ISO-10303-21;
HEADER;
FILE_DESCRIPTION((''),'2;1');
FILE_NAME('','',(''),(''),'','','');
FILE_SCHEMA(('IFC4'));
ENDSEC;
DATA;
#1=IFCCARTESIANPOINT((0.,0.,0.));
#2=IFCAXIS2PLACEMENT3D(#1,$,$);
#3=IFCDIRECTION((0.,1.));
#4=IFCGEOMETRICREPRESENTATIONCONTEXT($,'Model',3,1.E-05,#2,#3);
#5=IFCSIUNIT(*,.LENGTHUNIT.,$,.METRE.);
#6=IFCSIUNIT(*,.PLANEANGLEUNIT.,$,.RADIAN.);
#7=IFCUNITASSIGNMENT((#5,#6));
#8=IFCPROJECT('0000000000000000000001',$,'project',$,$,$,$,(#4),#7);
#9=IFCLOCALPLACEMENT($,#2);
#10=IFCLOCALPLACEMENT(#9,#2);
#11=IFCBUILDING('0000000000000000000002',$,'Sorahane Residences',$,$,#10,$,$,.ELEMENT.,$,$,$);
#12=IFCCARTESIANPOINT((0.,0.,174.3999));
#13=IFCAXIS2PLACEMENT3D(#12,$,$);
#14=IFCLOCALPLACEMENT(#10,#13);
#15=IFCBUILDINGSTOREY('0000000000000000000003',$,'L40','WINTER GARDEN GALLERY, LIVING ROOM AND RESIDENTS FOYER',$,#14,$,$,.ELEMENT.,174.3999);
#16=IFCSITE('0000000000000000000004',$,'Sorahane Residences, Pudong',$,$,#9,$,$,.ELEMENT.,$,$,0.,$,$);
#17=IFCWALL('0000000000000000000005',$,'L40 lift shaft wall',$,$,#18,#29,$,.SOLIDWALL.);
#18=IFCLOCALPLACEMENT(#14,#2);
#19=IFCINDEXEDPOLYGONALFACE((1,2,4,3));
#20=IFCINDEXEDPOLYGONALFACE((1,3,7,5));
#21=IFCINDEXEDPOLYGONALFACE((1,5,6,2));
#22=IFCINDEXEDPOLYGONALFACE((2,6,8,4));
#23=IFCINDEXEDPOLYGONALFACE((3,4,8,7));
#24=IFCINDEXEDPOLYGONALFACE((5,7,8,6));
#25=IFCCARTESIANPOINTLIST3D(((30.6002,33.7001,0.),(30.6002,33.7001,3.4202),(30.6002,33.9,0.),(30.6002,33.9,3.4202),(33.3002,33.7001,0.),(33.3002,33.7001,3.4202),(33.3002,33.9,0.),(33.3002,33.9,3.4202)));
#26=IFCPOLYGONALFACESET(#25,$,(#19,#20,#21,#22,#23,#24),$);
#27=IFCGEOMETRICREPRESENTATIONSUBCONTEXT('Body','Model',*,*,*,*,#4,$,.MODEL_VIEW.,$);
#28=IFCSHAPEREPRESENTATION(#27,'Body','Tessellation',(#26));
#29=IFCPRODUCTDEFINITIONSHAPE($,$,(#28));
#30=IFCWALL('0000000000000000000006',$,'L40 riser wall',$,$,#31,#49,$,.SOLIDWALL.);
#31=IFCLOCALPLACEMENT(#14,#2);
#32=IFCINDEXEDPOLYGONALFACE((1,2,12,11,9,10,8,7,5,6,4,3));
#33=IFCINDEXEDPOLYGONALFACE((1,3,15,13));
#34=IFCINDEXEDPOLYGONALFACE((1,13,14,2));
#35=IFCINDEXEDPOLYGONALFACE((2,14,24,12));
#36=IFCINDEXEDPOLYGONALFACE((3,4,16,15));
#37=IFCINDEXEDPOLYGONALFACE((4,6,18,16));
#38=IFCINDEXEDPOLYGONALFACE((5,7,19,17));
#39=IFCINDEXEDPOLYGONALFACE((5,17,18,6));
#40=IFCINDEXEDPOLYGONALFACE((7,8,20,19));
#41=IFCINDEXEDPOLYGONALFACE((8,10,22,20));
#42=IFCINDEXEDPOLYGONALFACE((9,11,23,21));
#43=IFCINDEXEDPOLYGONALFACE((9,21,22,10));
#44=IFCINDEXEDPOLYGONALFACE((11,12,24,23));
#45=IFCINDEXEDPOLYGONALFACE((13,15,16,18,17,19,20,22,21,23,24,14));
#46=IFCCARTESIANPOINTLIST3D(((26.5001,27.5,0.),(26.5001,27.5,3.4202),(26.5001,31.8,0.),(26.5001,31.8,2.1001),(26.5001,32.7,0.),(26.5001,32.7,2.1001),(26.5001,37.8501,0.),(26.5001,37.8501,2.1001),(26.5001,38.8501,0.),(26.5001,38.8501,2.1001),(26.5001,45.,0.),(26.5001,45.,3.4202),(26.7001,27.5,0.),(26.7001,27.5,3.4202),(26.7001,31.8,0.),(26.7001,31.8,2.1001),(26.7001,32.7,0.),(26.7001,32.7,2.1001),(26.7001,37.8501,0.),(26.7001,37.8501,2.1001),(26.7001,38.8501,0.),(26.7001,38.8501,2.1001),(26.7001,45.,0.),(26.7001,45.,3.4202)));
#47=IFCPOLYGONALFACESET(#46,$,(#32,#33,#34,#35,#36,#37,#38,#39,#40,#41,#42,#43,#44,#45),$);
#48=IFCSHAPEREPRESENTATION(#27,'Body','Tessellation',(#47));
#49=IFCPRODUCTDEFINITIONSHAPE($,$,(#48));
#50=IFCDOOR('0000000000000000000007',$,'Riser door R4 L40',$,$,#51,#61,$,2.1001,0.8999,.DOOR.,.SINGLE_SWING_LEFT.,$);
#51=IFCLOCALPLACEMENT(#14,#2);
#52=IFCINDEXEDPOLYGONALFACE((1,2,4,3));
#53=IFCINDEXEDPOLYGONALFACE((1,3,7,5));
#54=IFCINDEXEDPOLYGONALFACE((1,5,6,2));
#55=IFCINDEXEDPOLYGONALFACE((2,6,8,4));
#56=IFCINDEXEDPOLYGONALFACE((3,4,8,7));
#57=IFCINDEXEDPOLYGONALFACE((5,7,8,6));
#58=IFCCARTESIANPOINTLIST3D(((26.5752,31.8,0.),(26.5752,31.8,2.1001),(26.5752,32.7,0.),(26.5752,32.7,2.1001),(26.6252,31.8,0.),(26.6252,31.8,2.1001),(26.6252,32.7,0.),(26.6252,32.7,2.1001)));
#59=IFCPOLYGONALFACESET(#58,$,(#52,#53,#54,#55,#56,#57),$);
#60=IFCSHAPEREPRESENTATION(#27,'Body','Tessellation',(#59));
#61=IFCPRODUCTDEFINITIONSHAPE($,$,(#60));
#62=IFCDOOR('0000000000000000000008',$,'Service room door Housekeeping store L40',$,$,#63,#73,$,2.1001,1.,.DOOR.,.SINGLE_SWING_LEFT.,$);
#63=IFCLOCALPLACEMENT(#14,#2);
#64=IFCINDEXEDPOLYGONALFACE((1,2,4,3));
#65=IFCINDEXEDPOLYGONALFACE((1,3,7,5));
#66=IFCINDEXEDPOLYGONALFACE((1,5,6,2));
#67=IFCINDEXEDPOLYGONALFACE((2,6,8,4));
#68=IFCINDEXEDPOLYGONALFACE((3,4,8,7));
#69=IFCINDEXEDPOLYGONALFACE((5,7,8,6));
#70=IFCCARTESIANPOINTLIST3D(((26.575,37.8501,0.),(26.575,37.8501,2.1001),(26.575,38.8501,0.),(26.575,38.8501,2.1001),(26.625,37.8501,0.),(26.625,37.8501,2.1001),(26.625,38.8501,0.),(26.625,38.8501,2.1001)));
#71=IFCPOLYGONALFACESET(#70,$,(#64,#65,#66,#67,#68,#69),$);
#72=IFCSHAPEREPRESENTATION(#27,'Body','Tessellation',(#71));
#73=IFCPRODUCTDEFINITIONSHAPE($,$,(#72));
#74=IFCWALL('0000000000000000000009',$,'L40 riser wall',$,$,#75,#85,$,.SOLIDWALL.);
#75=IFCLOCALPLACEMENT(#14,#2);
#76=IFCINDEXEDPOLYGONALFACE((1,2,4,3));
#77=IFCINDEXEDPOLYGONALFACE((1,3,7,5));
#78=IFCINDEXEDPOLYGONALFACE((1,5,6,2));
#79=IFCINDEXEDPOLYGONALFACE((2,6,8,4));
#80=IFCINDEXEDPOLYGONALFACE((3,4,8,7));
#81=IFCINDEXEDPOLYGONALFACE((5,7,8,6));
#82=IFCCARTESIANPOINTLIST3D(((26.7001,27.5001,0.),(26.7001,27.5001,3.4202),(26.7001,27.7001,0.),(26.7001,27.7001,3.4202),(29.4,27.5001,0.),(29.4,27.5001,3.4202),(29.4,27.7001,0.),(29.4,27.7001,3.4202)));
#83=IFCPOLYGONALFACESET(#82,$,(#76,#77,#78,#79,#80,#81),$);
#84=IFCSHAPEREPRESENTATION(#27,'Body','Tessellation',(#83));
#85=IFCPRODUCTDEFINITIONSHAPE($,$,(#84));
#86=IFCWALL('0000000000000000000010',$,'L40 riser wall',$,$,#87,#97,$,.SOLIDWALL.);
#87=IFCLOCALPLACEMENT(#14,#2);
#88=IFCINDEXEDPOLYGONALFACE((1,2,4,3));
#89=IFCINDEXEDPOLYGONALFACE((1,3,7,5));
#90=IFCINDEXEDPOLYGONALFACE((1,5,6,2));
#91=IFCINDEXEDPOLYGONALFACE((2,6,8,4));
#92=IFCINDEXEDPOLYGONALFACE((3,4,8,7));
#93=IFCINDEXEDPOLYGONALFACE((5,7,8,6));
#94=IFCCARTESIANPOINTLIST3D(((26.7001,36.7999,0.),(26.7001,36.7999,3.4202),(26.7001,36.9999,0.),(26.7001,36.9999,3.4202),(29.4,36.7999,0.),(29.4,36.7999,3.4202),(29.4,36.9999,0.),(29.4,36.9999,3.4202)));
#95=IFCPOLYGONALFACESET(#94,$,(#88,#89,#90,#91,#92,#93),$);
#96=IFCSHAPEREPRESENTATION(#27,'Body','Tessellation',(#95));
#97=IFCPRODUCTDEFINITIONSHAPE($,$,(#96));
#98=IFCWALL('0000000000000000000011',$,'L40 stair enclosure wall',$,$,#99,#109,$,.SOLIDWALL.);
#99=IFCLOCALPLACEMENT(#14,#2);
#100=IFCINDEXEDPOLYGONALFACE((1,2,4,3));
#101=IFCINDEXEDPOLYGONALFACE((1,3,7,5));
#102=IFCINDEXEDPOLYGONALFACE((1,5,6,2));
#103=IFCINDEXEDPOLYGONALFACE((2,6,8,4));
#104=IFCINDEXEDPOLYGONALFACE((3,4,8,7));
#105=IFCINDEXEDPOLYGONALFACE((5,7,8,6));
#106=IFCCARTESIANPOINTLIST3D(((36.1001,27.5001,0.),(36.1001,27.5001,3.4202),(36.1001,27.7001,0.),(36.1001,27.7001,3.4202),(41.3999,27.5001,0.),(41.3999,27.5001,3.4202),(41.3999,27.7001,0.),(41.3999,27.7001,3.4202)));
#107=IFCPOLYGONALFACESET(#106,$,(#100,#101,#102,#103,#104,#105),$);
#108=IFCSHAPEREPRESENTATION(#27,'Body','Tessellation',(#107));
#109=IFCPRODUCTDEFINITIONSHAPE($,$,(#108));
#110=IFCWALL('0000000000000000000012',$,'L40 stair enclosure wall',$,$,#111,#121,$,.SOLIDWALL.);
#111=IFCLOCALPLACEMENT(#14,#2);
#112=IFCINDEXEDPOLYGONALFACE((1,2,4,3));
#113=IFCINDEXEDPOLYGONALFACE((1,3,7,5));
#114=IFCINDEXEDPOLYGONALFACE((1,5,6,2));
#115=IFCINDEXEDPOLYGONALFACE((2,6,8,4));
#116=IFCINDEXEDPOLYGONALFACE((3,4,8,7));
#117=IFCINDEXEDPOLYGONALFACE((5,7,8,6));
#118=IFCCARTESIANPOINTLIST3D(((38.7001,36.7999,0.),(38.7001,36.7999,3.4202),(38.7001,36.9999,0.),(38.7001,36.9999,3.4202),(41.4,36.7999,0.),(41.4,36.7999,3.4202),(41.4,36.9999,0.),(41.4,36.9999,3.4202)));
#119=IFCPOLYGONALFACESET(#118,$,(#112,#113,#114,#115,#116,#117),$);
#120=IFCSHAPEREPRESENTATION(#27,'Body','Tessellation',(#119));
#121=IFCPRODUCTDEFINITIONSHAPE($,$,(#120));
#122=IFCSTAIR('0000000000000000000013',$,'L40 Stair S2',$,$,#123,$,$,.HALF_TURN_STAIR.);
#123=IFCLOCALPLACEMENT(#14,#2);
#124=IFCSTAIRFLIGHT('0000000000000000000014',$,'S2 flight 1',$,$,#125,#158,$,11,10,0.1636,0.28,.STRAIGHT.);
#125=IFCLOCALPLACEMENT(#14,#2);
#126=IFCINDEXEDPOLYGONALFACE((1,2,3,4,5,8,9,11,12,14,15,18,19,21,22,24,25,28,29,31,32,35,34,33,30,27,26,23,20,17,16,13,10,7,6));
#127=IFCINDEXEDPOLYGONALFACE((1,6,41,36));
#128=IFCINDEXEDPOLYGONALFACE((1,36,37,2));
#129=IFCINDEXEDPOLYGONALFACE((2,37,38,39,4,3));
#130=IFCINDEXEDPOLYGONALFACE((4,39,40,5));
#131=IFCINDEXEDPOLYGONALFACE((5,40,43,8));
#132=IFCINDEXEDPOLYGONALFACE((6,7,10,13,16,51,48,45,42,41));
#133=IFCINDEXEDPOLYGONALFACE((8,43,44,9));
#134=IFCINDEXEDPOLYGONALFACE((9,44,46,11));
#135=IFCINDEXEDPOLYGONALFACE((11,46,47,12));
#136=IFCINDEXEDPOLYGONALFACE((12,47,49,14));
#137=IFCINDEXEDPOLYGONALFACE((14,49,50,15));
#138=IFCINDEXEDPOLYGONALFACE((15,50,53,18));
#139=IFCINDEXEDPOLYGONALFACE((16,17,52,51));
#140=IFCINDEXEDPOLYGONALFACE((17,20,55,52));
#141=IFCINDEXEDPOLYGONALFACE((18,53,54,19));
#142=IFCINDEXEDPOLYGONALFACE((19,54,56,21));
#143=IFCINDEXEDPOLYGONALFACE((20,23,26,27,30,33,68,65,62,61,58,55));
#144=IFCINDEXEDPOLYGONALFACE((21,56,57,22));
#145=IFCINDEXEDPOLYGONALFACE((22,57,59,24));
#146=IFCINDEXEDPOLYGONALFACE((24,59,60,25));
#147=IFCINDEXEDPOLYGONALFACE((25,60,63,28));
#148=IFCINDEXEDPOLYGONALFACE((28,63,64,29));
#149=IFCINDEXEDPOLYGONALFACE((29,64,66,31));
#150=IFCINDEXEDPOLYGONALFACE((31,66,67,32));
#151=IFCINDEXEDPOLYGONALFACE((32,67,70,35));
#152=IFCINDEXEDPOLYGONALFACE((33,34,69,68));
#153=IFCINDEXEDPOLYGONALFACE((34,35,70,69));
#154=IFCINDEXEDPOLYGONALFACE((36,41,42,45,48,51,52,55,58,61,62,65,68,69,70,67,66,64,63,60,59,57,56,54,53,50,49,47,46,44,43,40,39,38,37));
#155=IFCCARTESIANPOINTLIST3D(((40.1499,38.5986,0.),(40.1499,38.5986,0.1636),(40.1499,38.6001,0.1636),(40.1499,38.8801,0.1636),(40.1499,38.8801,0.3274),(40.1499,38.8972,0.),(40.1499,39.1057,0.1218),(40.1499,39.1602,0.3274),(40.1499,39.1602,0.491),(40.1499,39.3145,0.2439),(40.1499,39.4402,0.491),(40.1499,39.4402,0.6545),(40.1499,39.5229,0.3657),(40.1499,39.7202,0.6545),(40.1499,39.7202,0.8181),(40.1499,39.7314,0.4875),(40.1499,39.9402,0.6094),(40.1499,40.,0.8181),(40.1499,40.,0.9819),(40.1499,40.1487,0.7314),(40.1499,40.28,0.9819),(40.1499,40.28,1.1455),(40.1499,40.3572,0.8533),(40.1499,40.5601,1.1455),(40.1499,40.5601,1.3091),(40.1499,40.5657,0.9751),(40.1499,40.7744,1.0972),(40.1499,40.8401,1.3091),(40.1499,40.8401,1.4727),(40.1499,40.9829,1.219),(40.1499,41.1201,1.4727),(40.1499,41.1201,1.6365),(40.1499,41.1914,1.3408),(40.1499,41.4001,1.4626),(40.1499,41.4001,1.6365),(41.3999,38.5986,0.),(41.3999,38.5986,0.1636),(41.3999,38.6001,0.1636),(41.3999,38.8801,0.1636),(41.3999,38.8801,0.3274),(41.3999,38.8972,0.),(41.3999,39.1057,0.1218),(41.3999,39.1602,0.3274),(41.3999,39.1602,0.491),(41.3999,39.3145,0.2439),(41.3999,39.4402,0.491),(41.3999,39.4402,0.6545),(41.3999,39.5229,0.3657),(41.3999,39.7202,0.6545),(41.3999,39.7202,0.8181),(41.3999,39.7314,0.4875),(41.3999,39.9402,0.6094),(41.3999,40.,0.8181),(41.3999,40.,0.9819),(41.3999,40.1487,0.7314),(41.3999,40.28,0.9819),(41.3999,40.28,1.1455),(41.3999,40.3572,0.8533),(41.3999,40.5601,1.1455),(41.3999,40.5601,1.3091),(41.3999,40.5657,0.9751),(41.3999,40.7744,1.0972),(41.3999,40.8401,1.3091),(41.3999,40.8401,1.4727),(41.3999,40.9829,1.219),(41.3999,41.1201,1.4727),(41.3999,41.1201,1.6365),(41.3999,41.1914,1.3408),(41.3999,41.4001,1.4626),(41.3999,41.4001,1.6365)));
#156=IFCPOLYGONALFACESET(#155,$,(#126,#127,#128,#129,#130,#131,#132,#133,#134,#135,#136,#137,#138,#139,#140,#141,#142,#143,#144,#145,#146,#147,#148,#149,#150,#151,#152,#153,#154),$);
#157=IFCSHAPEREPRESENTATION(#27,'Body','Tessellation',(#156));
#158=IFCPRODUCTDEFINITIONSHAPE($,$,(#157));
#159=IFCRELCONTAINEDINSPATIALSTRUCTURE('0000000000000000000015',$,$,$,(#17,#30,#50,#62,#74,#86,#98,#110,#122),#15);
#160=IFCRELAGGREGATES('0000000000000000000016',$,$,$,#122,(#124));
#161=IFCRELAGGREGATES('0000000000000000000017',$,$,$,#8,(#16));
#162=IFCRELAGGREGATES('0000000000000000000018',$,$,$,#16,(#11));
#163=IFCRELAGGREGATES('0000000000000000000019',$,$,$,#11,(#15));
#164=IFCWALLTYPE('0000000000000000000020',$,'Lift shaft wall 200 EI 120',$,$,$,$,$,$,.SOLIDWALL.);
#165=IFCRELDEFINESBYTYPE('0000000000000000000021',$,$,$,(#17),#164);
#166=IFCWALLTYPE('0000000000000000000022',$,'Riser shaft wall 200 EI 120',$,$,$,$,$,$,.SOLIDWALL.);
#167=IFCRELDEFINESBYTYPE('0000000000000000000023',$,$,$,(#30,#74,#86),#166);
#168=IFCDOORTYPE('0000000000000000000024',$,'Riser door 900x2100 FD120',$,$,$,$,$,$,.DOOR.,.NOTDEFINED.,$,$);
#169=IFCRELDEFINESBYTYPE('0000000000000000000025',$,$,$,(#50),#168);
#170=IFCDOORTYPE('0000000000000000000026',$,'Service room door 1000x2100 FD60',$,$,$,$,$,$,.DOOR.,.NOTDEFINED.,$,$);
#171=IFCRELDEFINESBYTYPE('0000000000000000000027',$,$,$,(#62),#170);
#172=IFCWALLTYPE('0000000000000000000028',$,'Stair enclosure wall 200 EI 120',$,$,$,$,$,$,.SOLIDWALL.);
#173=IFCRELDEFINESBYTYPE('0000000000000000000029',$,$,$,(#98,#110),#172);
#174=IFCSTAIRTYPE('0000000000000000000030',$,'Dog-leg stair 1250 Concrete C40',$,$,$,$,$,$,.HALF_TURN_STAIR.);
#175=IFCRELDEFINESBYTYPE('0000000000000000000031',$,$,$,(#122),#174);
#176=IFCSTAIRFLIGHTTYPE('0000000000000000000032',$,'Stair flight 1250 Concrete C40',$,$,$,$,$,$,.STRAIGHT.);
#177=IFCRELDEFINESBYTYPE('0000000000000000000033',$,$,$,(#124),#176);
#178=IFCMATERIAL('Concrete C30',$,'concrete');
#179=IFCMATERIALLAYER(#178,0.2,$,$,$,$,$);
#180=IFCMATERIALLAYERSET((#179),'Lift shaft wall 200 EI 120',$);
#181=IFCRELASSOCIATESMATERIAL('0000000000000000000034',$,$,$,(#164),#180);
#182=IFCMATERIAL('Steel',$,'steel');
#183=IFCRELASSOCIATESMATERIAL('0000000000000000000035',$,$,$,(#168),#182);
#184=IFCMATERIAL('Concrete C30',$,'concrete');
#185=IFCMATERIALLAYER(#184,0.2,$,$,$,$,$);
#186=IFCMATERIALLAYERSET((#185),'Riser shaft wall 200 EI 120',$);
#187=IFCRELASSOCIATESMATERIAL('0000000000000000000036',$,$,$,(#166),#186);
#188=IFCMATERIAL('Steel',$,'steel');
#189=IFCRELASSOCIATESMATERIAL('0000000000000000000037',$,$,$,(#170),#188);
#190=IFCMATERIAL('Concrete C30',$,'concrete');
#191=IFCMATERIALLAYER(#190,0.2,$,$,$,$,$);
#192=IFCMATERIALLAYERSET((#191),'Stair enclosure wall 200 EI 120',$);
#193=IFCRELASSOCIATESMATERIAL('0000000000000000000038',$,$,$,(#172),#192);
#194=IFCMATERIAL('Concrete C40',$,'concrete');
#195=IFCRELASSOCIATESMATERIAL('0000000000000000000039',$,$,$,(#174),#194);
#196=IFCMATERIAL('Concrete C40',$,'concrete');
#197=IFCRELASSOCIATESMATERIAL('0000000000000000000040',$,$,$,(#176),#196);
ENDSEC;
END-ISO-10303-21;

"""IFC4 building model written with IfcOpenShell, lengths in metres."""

from ifc_helpers import new_model, si_unit, direction, frame, frame_2d, origin, place, context, subcontext, project, spatial, polyline, rectangle, outline, extrude, material, layer, layer_set, type_object, element, fill, aggregate, save


model = new_model("IFC4")

# Units and contexts
model_context = context("Model", 3, precision=1e-05, world=origin(), true_north=direction((0.0, 1.0)))
body_context = subcontext(model_context, "Body", "Model", "MODEL_VIEW")
ifc_project = project(units=[si_unit("LENGTHUNIT", "METRE"), si_unit("PLANEANGLEUNIT", "RADIAN")], contexts=[model_context])

# Site, building, storey
site_placement = place(None, origin())
site = spatial("IfcSite", under=ifc_project, at=site_placement, Name="Sorahane Residences, Pudong", CompositionType="ELEMENT", RefElevation=0.0)
building_placement = place(site_placement, origin())
building = spatial("IfcBuilding", under=site, at=building_placement, Name="Sorahane Residences", CompositionType="ELEMENT")
storey_placement = place(building_placement, frame((0.0, 0.0, 174.3999)))
storey = spatial("IfcBuildingStorey", under=building, at=storey_placement, Name="L40", Description="WINTER GARDEN GALLERY, LIVING ROOM AND RESIDENTS FOYER", CompositionType="ELEMENT", Elevation=174.3999)

# Shared definitions
ifc_material_1 = material(Name="Concrete C30", Category="concrete")
ifc_layer_1 = layer(ifc_material_1, 0.2)
ifc_layer_set_1 = layer_set([ifc_layer_1], Name="Lift shaft wall 200 EI 120")
wall_type_1 = type_object("IfcWallType", Name="Lift shaft wall 200 EI 120", PredefinedType="SOLIDWALL", material=ifc_layer_set_1)
ifc_material_2 = material(Name="Steel", Category="steel")
door_type_1 = type_object("IfcDoorType", Name="Riser door 900x2100 FD120", OperationType="NOTDEFINED", PredefinedType="DOOR", material=ifc_material_2)

# Wall
for number, where, z_axis, x_axis, name in (
    (1, (30.6001, 33.8, 0.0), (0.0, 0.0, 1.0), (1.0, 0.0, 0.0), "L40 lift shaft wall"),
):
    element("IfcWall", number, at=place(storey_placement, frame(where, z_axis=z_axis, x_axis=x_axis)), inside=storey, type_object=wall_type_1, Name=name, PredefinedType="SOLIDWALL", context=body_context, shape_type="SweptSolid", body=[
        extrude(rectangle(XDim=2.7, YDim=0.2, at=frame_2d((1.3501, 0.0))), origin(), (0.0, 0.0, 1.0), 3.4202),
    ])

# Wall, openings, doors
ifc_material_3 = material(Name="Concrete C30", Category="concrete")
ifc_layer_2 = layer(ifc_material_3, 0.2)
ifc_layer_set_2 = layer_set([ifc_layer_2], Name="Riser shaft wall 200 EI 120")
wall_type_2 = type_object("IfcWallType", Name="Riser shaft wall 200 EI 120", PredefinedType="SOLIDWALL", material=ifc_layer_set_2)
wall_1_placement = place(storey_placement, frame((26.6001, 27.5, 0.0), z_axis=(0.0, 0.0, 1.0), x_axis=(0.0, 1.0, 0.0)))
wall_1 = element("IfcWall", 2, at=wall_1_placement, inside=storey, type_object=wall_type_2, Name="L40 riser wall", PredefinedType="SOLIDWALL", context=body_context, shape_type="SweptSolid", body=[
    extrude(rectangle(XDim=17.5, YDim=0.2, at=frame_2d((8.75, 0.0))), origin(), (0.0, 0.0, 1.0), 3.4202),
])
opening_1_placement = place(wall_1_placement, frame((4.3, 0.0, 0.0)))
opening_1 = element("IfcOpeningElement", 3, at=opening_1_placement, cuts=wall_1, PredefinedType="OPENING", context=body_context, shape_type="SweptSolid", body=[
    extrude(rectangle(XDim=0.8999, YDim=2.1001, at=frame_2d((0.45, 1.05))), frame((0.0, 0.1099, 0.0), z_axis=(0.0, -1.0, 0.0), x_axis=(1.0, 0.0, 0.0)), (0.0, 0.0, 1.0), 0.22),
])
opening_2_placement = place(wall_1_placement, frame((10.3501, 0.0, 0.0)))
opening_2 = element("IfcOpeningElement", 4, at=opening_2_placement, cuts=wall_1, PredefinedType="OPENING", context=body_context, shape_type="SweptSolid", body=[
    extrude(rectangle(XDim=1.0, YDim=2.1001, at=frame_2d((0.5, 1.05))), frame((0.0, 0.1099, 0.0), z_axis=(0.0, -1.0, 0.0), x_axis=(1.0, 0.0, 0.0)), (0.0, 0.0, 1.0), 0.22),
])
door_1_placement = place(opening_1_placement, origin())
door_1 = element("IfcDoor", 5, at=door_1_placement, inside=storey, type_object=door_type_1, Name="Riser door R4 L40", OperationType="SINGLE_SWING_LEFT", OverallHeight=2.1001, OverallWidth=0.8999, PredefinedType="DOOR", context=body_context, shape_type="SweptSolid", body=[
    extrude(rectangle(XDim=0.8999, YDim=2.1001, at=frame_2d((0.45, 1.05))), frame((0.0, 0.0249, 0.0), z_axis=(0.0, -1.0, 0.0), x_axis=(1.0, 0.0, 0.0)), (0.0, 0.0, 1.0), 0.05),
])
fill(opening_1, door_1)
ifc_material_4 = material(Name="Steel", Category="steel")
door_type_2 = type_object("IfcDoorType", Name="Service room door 1000x2100 FD60", OperationType="NOTDEFINED", PredefinedType="DOOR", material=ifc_material_4)
door_2_placement = place(opening_2_placement, frame((1.0, 0.0, 0.0), z_axis=(0.0, 0.0, 1.0), x_axis=(-1.0, 0.0, 0.0)))
door_2 = element("IfcDoor", 6, at=door_2_placement, inside=storey, type_object=door_type_2, Name="Service room door Housekeeping store L40", OperationType="SINGLE_SWING_LEFT", OverallHeight=2.1001, OverallWidth=1.0, PredefinedType="DOOR", context=body_context, shape_type="SweptSolid", body=[
    extrude(rectangle(XDim=1.0, YDim=2.1001, at=frame_2d((0.5, 1.05))), frame((0.0, 0.0249, 0.0), z_axis=(0.0, -1.0, 0.0), x_axis=(1.0, 0.0, 0.0)), (0.0, 0.0, 1.0), 0.05),
])
fill(opening_2, door_2)

# Walls
for number, where, z_axis, x_axis, name in (
    (7, (26.7, 27.6001, 0.0), (0.0, 0.0, 1.0), (1.0, 0.0, 0.0), "L40 riser wall"),
    (8, (26.7, 36.8999, 0.0), (0.0, 0.0, 1.0), (1.0, 0.0, 0.0), "L40 riser wall"),
):
    element("IfcWall", number, at=place(storey_placement, frame(where, z_axis=z_axis, x_axis=x_axis)), inside=storey, type_object=wall_type_2, Name=name, PredefinedType="SOLIDWALL", context=body_context, shape_type="SweptSolid", body=[
        extrude(rectangle(XDim=2.7, YDim=0.2, at=frame_2d((1.3501, 0.0))), origin(), (0.0, 0.0, 1.0), 3.4202),
    ])
ifc_material_5 = material(Name="Concrete C30", Category="concrete")
ifc_layer_3 = layer(ifc_material_5, 0.2)
ifc_layer_set_3 = layer_set([ifc_layer_3], Name="Stair enclosure wall 200 EI 120")
wall_type_3 = type_object("IfcWallType", Name="Stair enclosure wall 200 EI 120", PredefinedType="SOLIDWALL", material=ifc_layer_set_3)
wall_2_placement = place(storey_placement, frame((36.1001, 27.6001, 0.0), z_axis=(0.0, 0.0, 1.0), x_axis=(1.0, 0.0, 0.0)))
element("IfcWall", 9, at=wall_2_placement, inside=storey, type_object=wall_type_3, Name="L40 stair enclosure wall", PredefinedType="SOLIDWALL", context=body_context, shape_type="SweptSolid", body=[
    extrude(rectangle(XDim=5.2998, YDim=0.2, at=frame_2d((2.6499, 0.0))), origin(), (0.0, 0.0, 1.0), 3.4202),
])
wall_3_placement = place(storey_placement, frame((38.7, 36.8999, 0.0), z_axis=(0.0, 0.0, 1.0), x_axis=(1.0, 0.0, 0.0)))
element("IfcWall", 10, at=wall_3_placement, inside=storey, type_object=wall_type_3, Name="L40 stair enclosure wall", PredefinedType="SOLIDWALL", context=body_context, shape_type="SweptSolid", body=[
    extrude(rectangle(XDim=2.7, YDim=0.2, at=frame_2d((1.3501, 0.0))), origin(), (0.0, 0.0, 1.0), 3.4202),
])

# Stair, stair flight
ifc_material_6 = material(Name="Concrete C40", Category="concrete")
stair_type = type_object("IfcStairType", Name="Dog-leg stair 1250 Concrete C40", PredefinedType="HALF_TURN_STAIR", material=ifc_material_6)
stair_1_placement = place(storey_placement, origin())
stair_1 = element("IfcStair", 11, at=stair_1_placement, inside=storey, type_object=stair_type, Name="L40 Stair S2", PredefinedType="HALF_TURN_STAIR")
ifc_material_7 = material(Name="Concrete C40", Category="concrete")
stair_flight_type = type_object("IfcStairFlightType", Name="Stair flight 1250 Concrete C40", PredefinedType="STRAIGHT", material=ifc_material_7)
stair_flight_1_placement = place(storey_placement, frame((40.7749, 38.6001, 0.0), z_axis=(0.0, 0.0, 1.0), x_axis=(0.0, 1.0, 0.0)))
stair_flight_1 = element("IfcStairFlight", 12, at=stair_flight_1_placement, type_object=stair_flight_type, Name="S2 flight 1", NumberOfRisers=11, NumberOfTreads=10, PredefinedType="STRAIGHT", RiserHeight=0.1636, TreadLength=0.28, context=body_context, shape_type="SweptSolid", body=[
    extrude(outline(polyline([(-0.0015, 0.0), (-0.0015, 0.1636), (0.0, 0.1636), (0.28, 0.1636), (0.28, 0.3274), (0.5601, 0.3274), (0.5601, 0.491), (0.8401, 0.491), (0.8401, 0.6545), (1.1201, 0.6545), (1.1201, 0.8181), (1.3999, 0.8181), (1.3999, 0.9819), (1.6799, 0.9819), (1.6799, 1.1455), (1.96, 1.1455), (1.96, 1.3091), (2.24, 1.3091), (2.24, 1.4727), (2.52, 1.4727), (2.52, 1.6365), (2.8, 1.6365), (2.8, 1.8), (2.8, 1.4626), (2.5913, 1.3408), (2.3828, 1.219), (2.1743, 1.0972), (1.9656, 0.9751), (1.7571, 0.8533), (1.5486, 0.7314), (1.3401, 0.6094), (1.1313, 0.4875), (0.9229, 0.3657), (0.7144, 0.2439), (0.5056, 0.1218), (0.2971, 0.0), (-0.0015, 0.0)])), frame((0.0, 0.625, 0.0), z_axis=(0.0, -1.0, 0.0), x_axis=(1.0, 0.0, 0.0)), (0.0, 0.0, 1.0), 1.25),
])
aggregate(stair_1, [stair_flight_1])

save(model, "model.ifc")
